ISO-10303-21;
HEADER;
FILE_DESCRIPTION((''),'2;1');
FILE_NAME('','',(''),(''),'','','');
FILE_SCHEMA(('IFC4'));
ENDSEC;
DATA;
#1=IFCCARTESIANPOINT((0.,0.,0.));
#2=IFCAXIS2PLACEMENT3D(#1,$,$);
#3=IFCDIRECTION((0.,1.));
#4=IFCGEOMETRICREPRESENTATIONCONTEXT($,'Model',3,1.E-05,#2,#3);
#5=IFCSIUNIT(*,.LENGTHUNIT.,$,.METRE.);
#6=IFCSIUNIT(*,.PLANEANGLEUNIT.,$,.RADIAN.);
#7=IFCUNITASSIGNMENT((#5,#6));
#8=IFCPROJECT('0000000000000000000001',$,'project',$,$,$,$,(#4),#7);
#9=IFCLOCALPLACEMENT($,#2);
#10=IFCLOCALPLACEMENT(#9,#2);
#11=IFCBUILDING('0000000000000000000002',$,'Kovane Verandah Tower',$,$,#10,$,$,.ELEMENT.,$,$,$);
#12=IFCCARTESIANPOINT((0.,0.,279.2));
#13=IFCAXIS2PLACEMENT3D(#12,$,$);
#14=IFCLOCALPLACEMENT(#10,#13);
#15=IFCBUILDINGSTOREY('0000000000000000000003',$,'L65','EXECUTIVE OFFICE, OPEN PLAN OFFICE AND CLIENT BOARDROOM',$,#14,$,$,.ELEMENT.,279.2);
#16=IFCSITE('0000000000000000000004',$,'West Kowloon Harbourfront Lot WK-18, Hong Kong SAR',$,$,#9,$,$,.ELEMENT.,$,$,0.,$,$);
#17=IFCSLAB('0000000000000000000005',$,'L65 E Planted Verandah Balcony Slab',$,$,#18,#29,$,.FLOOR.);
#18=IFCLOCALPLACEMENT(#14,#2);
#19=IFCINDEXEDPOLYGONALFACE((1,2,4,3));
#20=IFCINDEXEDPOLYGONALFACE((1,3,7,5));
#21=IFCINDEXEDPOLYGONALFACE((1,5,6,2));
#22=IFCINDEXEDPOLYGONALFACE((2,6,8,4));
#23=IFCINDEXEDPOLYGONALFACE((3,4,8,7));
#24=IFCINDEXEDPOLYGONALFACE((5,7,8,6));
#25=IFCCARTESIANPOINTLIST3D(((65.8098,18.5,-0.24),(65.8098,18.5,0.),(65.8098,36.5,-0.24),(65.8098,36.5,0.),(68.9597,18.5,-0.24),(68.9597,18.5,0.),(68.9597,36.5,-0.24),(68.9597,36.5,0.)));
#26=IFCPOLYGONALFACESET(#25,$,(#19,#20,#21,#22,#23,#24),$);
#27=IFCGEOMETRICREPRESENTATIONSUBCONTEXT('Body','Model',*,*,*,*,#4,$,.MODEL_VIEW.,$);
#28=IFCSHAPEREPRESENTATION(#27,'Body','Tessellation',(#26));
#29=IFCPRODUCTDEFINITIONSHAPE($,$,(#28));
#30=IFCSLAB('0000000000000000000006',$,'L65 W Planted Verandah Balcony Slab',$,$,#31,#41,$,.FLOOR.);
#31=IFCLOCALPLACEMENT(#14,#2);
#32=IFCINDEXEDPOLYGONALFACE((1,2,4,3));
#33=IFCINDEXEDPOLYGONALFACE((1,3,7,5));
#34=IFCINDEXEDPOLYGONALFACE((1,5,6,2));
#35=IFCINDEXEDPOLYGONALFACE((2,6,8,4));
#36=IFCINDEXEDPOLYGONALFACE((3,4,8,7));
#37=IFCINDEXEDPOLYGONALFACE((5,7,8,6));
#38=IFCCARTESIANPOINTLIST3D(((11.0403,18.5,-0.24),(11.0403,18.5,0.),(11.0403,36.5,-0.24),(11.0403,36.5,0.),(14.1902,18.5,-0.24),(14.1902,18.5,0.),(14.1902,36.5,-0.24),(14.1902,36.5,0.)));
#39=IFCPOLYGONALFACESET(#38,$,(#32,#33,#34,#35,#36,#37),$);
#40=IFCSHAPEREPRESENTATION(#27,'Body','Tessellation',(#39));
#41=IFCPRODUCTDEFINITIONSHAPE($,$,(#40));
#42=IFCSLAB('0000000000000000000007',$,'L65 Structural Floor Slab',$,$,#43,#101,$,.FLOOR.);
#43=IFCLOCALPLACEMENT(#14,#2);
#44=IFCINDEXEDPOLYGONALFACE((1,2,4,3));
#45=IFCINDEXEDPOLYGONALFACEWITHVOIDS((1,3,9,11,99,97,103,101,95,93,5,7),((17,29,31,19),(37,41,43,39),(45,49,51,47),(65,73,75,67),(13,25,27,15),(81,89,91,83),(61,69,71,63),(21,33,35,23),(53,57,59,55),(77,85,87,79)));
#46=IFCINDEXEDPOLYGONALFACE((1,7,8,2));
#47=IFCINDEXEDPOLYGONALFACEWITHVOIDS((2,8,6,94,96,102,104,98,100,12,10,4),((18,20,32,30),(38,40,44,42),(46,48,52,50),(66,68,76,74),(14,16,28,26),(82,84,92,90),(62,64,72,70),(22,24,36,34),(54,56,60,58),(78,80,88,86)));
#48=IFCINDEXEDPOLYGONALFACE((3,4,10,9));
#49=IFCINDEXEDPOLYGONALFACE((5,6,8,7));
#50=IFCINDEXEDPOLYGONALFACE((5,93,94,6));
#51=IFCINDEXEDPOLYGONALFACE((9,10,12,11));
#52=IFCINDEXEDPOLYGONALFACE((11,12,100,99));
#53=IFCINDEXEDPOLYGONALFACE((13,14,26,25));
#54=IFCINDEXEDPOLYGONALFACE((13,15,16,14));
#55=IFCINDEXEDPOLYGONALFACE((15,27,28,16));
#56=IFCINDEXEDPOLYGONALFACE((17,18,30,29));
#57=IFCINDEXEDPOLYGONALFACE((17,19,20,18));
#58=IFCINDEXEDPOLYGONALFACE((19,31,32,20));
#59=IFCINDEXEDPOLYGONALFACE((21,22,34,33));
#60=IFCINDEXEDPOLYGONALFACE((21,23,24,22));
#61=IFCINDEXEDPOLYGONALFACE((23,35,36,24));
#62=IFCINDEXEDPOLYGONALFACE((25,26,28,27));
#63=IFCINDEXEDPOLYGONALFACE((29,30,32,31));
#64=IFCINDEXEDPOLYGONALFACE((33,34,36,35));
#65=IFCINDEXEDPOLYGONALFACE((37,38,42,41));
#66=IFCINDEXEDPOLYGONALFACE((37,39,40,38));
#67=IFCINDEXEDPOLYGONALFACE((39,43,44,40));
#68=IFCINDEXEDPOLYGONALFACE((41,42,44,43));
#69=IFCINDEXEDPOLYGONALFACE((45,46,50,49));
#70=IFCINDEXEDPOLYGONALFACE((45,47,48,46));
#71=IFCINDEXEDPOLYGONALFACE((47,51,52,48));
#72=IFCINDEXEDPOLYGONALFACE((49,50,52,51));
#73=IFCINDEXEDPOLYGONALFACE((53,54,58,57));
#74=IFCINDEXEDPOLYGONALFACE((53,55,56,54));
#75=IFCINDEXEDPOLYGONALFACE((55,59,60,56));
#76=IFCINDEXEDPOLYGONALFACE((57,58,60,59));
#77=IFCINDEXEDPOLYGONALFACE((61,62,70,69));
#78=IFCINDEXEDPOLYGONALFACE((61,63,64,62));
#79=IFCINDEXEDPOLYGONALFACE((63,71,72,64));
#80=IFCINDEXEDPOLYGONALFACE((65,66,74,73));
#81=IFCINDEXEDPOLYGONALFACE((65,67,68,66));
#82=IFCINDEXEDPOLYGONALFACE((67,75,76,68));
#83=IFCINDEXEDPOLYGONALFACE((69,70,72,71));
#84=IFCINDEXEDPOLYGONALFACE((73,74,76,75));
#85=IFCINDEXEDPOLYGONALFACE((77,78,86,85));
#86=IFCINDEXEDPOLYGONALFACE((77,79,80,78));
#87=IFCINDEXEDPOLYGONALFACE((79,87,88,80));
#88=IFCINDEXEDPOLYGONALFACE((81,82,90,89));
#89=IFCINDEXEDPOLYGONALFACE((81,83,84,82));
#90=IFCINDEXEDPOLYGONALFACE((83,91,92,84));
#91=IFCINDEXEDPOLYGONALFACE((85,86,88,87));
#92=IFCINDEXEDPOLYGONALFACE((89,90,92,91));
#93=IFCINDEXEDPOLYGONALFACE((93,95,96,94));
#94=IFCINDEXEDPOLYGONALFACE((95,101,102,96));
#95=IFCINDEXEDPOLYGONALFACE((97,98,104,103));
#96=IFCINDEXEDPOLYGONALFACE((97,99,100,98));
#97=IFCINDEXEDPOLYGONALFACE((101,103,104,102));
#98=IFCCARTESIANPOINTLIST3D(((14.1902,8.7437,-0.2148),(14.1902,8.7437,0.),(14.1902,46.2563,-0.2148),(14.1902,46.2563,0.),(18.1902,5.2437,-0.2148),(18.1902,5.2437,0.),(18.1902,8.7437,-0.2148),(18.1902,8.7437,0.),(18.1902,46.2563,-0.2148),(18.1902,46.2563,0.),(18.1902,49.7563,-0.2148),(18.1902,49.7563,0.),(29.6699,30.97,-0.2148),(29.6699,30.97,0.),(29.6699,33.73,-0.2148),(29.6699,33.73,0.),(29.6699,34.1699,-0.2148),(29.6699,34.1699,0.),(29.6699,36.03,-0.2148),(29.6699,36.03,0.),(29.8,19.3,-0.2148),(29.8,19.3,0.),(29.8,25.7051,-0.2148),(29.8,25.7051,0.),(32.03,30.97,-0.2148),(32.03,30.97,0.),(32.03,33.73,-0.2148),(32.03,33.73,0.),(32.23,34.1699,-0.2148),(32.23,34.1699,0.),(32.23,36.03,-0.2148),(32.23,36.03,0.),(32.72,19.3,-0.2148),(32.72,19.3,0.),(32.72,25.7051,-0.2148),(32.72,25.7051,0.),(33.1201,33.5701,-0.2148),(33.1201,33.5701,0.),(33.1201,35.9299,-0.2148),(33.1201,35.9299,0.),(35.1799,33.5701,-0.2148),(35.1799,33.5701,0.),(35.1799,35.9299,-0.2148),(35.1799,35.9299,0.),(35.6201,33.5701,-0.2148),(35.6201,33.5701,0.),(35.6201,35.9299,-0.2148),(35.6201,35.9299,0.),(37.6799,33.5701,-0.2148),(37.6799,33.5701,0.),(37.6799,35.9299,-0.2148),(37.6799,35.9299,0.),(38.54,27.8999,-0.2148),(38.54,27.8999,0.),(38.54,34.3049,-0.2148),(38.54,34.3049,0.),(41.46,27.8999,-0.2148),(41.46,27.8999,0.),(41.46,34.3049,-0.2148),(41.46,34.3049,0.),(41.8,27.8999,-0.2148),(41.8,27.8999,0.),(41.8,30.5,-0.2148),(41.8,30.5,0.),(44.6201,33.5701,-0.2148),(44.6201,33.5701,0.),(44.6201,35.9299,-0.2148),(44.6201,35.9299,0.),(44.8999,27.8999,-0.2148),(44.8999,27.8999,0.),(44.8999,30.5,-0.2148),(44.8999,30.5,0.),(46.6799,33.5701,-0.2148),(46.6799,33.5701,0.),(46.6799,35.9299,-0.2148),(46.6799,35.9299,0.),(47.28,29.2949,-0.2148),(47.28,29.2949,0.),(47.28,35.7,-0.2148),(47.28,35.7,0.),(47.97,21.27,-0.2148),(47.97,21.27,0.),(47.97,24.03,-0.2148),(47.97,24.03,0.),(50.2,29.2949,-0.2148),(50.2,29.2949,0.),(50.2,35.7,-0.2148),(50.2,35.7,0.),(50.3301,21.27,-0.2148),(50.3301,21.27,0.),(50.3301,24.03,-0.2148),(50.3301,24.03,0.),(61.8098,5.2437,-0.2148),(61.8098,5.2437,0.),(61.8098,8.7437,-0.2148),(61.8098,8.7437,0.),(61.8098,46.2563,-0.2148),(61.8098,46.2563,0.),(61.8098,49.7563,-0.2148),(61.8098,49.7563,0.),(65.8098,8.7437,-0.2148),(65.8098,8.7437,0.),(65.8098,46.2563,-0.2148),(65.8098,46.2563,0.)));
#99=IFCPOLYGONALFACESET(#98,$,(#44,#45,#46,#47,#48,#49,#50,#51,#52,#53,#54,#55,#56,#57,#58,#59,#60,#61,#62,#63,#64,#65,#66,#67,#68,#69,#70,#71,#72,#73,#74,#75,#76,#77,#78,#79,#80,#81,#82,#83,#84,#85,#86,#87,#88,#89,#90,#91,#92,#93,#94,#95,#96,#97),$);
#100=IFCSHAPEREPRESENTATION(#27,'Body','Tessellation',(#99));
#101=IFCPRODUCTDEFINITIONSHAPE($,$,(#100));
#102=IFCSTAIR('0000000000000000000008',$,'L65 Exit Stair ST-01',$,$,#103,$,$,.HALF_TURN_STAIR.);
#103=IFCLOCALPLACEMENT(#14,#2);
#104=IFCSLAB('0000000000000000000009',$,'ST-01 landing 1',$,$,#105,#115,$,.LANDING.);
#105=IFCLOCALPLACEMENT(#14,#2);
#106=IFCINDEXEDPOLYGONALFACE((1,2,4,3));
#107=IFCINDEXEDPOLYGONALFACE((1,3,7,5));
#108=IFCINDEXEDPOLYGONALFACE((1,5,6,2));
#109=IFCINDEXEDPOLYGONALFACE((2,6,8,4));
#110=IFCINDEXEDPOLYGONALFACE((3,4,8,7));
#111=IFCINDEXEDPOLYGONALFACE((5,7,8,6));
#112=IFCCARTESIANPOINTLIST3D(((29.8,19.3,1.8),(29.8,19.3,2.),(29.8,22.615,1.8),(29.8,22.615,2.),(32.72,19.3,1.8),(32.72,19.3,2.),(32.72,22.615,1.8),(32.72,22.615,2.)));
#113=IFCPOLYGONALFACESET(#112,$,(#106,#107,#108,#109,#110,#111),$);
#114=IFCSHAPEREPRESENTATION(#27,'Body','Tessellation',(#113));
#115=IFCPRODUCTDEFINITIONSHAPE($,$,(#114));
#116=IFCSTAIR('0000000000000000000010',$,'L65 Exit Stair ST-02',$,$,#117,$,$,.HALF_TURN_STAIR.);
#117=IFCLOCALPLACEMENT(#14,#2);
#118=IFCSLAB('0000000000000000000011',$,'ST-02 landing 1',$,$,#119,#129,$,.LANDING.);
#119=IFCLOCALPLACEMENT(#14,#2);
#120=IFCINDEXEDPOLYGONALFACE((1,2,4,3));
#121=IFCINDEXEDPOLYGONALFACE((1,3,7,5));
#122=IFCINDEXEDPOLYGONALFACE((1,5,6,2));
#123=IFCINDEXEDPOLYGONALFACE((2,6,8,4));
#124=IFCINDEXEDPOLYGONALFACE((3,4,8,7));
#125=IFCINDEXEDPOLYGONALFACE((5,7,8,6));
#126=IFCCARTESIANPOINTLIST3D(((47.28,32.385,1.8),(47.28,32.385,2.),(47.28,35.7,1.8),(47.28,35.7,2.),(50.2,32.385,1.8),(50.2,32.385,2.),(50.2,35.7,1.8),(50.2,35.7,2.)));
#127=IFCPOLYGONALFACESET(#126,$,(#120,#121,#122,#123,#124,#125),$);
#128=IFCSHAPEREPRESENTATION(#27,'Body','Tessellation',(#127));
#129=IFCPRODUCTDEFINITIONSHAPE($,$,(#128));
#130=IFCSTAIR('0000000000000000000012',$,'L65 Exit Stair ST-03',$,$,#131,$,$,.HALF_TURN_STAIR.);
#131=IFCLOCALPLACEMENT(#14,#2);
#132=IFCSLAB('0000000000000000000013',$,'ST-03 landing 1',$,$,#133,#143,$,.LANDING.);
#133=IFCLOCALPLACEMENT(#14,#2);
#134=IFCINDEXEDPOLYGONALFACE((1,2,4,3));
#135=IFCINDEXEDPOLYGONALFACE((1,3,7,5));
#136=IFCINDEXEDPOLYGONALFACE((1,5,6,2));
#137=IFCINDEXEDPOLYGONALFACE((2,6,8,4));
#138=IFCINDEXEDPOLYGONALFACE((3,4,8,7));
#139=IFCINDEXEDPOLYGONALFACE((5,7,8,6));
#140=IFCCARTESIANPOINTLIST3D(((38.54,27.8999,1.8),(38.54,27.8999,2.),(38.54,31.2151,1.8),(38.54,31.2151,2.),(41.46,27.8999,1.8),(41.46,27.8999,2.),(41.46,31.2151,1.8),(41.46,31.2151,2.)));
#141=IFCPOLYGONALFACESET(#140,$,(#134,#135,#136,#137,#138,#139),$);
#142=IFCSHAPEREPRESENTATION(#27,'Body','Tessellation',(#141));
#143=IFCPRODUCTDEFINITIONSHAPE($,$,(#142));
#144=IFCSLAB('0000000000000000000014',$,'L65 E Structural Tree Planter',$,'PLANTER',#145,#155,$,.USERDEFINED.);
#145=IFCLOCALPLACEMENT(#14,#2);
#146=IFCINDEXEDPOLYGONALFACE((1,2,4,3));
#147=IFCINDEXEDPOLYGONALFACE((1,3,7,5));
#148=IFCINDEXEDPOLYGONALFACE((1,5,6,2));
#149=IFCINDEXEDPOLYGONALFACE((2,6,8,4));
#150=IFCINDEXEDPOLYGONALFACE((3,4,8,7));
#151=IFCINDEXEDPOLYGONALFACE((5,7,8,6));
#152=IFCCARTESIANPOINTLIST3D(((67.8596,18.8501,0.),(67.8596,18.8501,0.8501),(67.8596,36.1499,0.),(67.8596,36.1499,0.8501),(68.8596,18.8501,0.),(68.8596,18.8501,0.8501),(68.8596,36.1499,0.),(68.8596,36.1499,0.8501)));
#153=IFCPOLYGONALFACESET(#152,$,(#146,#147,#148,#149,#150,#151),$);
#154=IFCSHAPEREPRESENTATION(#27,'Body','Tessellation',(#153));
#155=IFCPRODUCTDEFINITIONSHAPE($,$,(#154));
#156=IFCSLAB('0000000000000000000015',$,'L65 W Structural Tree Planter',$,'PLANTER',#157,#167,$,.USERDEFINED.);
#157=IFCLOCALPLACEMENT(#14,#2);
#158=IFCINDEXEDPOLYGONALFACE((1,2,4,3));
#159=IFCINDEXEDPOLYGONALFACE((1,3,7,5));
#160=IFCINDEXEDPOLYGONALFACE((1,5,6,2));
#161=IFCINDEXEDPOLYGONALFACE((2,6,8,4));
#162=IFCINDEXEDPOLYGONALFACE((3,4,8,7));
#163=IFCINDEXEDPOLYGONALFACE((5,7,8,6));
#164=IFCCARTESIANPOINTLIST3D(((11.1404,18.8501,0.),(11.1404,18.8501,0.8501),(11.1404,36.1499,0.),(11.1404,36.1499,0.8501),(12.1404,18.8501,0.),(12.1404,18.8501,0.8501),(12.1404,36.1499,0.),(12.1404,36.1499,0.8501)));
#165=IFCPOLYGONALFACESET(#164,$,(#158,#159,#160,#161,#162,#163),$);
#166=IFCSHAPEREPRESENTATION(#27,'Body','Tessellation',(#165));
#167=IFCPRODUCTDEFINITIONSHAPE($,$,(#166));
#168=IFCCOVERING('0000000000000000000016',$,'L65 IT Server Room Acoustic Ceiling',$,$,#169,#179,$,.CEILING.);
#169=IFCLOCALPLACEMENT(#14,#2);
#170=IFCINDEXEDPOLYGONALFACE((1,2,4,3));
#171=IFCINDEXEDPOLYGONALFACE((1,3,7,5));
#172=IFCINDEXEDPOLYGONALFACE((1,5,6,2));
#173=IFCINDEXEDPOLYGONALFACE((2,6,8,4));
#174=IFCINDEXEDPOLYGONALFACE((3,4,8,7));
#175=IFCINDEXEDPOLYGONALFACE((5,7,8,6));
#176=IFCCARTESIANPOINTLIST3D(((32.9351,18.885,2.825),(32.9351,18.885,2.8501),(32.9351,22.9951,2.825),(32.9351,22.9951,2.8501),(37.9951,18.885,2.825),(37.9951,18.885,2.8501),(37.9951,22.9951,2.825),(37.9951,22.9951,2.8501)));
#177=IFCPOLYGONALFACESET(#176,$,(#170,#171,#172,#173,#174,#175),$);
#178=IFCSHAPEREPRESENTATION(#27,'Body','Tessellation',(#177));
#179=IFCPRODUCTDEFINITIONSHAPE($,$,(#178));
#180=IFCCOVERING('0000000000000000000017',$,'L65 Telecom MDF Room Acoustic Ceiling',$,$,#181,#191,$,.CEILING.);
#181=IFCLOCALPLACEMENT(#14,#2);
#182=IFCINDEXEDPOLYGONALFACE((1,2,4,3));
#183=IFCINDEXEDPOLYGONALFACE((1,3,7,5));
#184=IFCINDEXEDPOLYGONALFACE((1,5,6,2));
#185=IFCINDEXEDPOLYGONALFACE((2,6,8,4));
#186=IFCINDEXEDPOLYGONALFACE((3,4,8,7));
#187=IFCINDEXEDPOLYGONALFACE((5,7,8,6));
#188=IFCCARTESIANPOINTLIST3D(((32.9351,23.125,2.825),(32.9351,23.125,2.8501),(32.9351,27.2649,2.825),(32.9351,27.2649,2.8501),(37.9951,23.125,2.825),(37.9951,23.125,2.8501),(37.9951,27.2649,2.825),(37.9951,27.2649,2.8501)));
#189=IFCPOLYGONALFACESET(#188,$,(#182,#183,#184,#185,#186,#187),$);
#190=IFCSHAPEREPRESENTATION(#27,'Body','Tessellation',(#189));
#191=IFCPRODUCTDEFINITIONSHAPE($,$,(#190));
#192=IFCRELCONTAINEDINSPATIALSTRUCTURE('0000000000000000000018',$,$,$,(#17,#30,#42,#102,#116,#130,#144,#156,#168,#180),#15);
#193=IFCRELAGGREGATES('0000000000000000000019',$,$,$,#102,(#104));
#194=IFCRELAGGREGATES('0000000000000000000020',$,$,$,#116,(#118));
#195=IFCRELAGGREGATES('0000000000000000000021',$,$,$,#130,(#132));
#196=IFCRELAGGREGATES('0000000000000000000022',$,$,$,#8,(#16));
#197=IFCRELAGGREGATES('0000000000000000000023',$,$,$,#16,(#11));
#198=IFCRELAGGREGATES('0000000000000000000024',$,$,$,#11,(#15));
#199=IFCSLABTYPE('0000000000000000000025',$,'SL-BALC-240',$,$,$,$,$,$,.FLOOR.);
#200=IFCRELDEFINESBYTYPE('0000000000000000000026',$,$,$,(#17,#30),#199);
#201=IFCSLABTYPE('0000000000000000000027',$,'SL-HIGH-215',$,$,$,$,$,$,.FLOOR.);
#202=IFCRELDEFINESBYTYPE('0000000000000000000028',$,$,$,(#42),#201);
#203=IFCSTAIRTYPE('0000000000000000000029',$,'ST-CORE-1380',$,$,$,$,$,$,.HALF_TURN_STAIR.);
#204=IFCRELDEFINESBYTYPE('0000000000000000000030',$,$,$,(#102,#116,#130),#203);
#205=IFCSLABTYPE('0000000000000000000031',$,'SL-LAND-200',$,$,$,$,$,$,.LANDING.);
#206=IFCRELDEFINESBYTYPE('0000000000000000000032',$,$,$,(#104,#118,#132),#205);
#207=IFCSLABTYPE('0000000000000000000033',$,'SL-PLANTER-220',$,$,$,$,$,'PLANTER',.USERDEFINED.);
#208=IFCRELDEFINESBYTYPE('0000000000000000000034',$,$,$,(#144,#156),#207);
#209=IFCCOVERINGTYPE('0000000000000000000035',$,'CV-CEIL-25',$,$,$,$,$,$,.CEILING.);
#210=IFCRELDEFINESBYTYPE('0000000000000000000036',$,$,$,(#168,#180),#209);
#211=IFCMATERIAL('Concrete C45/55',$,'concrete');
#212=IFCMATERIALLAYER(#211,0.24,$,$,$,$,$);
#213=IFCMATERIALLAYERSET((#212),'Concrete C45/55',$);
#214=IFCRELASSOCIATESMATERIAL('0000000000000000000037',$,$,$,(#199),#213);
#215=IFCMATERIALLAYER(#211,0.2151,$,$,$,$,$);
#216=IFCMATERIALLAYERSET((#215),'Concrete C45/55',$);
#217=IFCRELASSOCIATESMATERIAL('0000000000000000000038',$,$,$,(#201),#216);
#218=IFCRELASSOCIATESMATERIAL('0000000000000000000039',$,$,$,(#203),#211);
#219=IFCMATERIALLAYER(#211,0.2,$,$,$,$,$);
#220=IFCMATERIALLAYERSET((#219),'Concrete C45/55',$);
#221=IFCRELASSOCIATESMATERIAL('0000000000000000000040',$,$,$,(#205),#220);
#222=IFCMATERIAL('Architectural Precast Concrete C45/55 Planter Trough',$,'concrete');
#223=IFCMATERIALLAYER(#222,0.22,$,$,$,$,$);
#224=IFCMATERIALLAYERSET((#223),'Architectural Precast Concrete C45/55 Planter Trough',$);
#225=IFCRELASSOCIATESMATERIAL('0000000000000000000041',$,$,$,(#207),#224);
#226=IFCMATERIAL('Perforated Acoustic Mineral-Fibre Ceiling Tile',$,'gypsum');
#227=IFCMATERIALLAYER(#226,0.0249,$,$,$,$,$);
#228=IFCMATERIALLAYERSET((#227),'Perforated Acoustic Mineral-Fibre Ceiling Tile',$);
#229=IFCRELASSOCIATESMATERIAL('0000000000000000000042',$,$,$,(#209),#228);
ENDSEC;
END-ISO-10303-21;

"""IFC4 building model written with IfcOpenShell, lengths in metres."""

from ifc_helpers import new_model, si_unit, direction, frame, origin, place, context, subcontext, project, spatial, polyline, outline, extrude, material, layer, layer_set, type_object, element, aggregate, save


model = new_model("IFC4")

# Units and contexts
model_context = context("Model", 3, precision=1e-05, world=origin(), true_north=direction((0.0, 1.0)))
body_context = subcontext(model_context, "Body", "Model", "MODEL_VIEW")
ifc_project = project(units=[si_unit("LENGTHUNIT", "METRE"), si_unit("PLANEANGLEUNIT", "RADIAN")], contexts=[model_context])

# Site, building, storey
site_placement = place(None, origin())
site = spatial("IfcSite", under=ifc_project, at=site_placement, Name="West Kowloon Harbourfront Lot WK-18, Hong Kong SAR", CompositionType="ELEMENT", RefElevation=0.0)
building_placement = place(site_placement, origin())
building = spatial("IfcBuilding", under=site, at=building_placement, Name="Kovane Verandah Tower", CompositionType="ELEMENT")
storey_placement = place(building_placement, frame((0.0, 0.0, 279.2)))
storey = spatial("IfcBuildingStorey", under=building, at=storey_placement, Name="L65", Description="EXECUTIVE OFFICE, OPEN PLAN OFFICE AND CLIENT BOARDROOM", CompositionType="ELEMENT", Elevation=279.2)

# Slabs
ifc_material_1 = material(Name="Concrete C45/55", Category="concrete")
ifc_layer_1 = layer(ifc_material_1, 0.24)
ifc_layer_set_1 = layer_set([ifc_layer_1], Name="Concrete C45/55")
slab_type_1 = type_object("IfcSlabType", Name="SL-BALC-240", PredefinedType="FLOOR", material=ifc_layer_set_1)
slab_1_placement = place(storey_placement, frame((0.0, 0.0, -0.24)))
element("IfcSlab", 1, at=slab_1_placement, inside=storey, type_object=slab_type_1, Name="L65 E Planted Verandah Balcony Slab", PredefinedType="FLOOR", context=body_context, shape_type="SweptSolid", body=[
    extrude(outline(polyline([(65.8098, 18.5), (68.9597, 18.5), (68.9597, 36.5), (65.8098, 36.5), (65.8098, 18.5)])), origin(), (0.0, 0.0, 1.0), 0.24),
])
slab_2_placement = place(storey_placement, frame((0.0, 0.0, -0.24)))
element("IfcSlab", 2, at=slab_2_placement, inside=storey, type_object=slab_type_1, Name="L65 W Planted Verandah Balcony Slab", PredefinedType="FLOOR", context=body_context, shape_type="SweptSolid", body=[
    extrude(outline(polyline([(11.0403, 18.5), (14.1902, 18.5), (14.1902, 36.5), (11.0403, 36.5), (11.0403, 18.5)])), origin(), (0.0, 0.0, 1.0), 0.24),
])
ifc_layer_2 = layer(ifc_material_1, 0.2151)
ifc_layer_set_2 = layer_set([ifc_layer_2], Name="Concrete C45/55")
slab_type_2 = type_object("IfcSlabType", Name="SL-HIGH-215", PredefinedType="FLOOR", material=ifc_layer_set_2)
slab_3_placement = place(storey_placement, frame((0.0, 0.0, -0.2148)))
element("IfcSlab", 3, at=slab_3_placement, inside=storey, type_object=slab_type_2, Name="L65 Structural Floor Slab", PredefinedType="FLOOR", context=body_context, shape_type="SweptSolid", body=[
    extrude(outline(polyline([(18.1902, 5.2437), (61.8098, 5.2437), (61.8098, 8.7437), (65.8098, 8.7437), (65.8098, 46.2563), (61.8098, 46.2563), (61.8098, 49.7563), (18.1902, 49.7563), (18.1902, 46.2563), (14.1902, 46.2563), (14.1902, 8.7437), (18.1902, 8.7437), (18.1902, 5.2437)]), holes=[polyline([(29.8, 19.3), (32.72, 19.3), (32.72, 25.7051), (29.8, 25.7051), (29.8, 19.3)]), polyline([(47.28, 29.2949), (50.2, 29.2949), (50.2, 35.7), (47.28, 35.7), (47.28, 29.2949)]), polyline([(38.54, 27.8999), (41.46, 27.8999), (41.46, 34.3049), (38.54, 34.3049), (38.54, 27.8999)]), polyline([(29.6699, 30.97), (32.03, 30.97), (32.03, 33.73), (29.6699, 33.73), (29.6699, 30.97)]), polyline([(47.97, 21.27), (50.3301, 21.27), (50.3301, 24.03), (47.97, 24.03), (47.97, 21.27)]), polyline([(29.6699, 34.1699), (32.23, 34.1699), (32.23, 36.03), (29.6699, 36.03), (29.6699, 34.1699)]), polyline([(33.1201, 33.5701), (35.1799, 33.5701), (35.1799, 35.9299), (33.1201, 35.9299), (33.1201, 33.5701)]), polyline([(35.6201, 33.5701), (37.6799, 33.5701), (37.6799, 35.9299), (35.6201, 35.9299), (35.6201, 33.5701)]), polyline([(44.6201, 33.5701), (46.6799, 33.5701), (46.6799, 35.9299), (44.6201, 35.9299), (44.6201, 33.5701)]), polyline([(41.8, 27.8999), (44.8999, 27.8999), (44.8999, 30.5), (41.8, 30.5), (41.8, 27.8999)])]), origin(), (0.0, 0.0, 1.0), 0.2148),
])

# Stairs, slabs
stair_type = type_object("IfcStairType", Name="ST-CORE-1380", PredefinedType="HALF_TURN_STAIR", material=ifc_material_1)
stair_1_placement = place(storey_placement, origin())
stair_1 = element("IfcStair", 4, at=stair_1_placement, inside=storey, type_object=stair_type, Name="L65 Exit Stair ST-01", PredefinedType="HALF_TURN_STAIR")
ifc_layer_3 = layer(ifc_material_1, 0.2)
ifc_layer_set_3 = layer_set([ifc_layer_3], Name="Concrete C45/55")
slab_type_3 = type_object("IfcSlabType", Name="SL-LAND-200", PredefinedType="LANDING", material=ifc_layer_set_3)
slab_4_placement = place(storey_placement, frame((0.0, 0.0, 1.8)))
slab_4 = element("IfcSlab", 5, at=slab_4_placement, type_object=slab_type_3, Name="ST-01 landing 1", PredefinedType="LANDING", context=body_context, shape_type="SweptSolid", body=[
    extrude(outline(polyline([(29.8, 22.615), (29.8, 19.3), (32.72, 19.3), (32.72, 22.615), (29.8, 22.615)])), origin(), (0.0, 0.0, 1.0), 0.2),
])
aggregate(stair_1, [slab_4])
stair_2_placement = place(storey_placement, origin())
stair_2 = element("IfcStair", 6, at=stair_2_placement, inside=storey, type_object=stair_type, Name="L65 Exit Stair ST-02", PredefinedType="HALF_TURN_STAIR")
slab_5_placement = place(storey_placement, frame((0.0, 0.0, 1.8)))
slab_5 = element("IfcSlab", 7, at=slab_5_placement, type_object=slab_type_3, Name="ST-02 landing 1", PredefinedType="LANDING", context=body_context, shape_type="SweptSolid", body=[
    extrude(outline(polyline([(50.2, 32.385), (50.2, 35.7), (47.28, 35.7), (47.28, 32.385), (50.2, 32.385)])), origin(), (0.0, 0.0, 1.0), 0.2),
])
aggregate(stair_2, [slab_5])
stair_3_placement = place(storey_placement, origin())
stair_3 = element("IfcStair", 8, at=stair_3_placement, inside=storey, type_object=stair_type, Name="L65 Exit Stair ST-03", PredefinedType="HALF_TURN_STAIR")
slab_6_placement = place(storey_placement, frame((0.0, 0.0, 1.8)))
slab_6 = element("IfcSlab", 9, at=slab_6_placement, type_object=slab_type_3, Name="ST-03 landing 1", PredefinedType="LANDING", context=body_context, shape_type="SweptSolid", body=[
    extrude(outline(polyline([(38.54, 31.2151), (38.54, 27.8999), (41.46, 27.8999), (41.46, 31.2151), (38.54, 31.2151)])), origin(), (0.0, 0.0, 1.0), 0.2),
])
aggregate(stair_3, [slab_6])

# Slabs
ifc_material_2 = material(Name="Architectural Precast Concrete C45/55 Planter Trough", Category="concrete")
ifc_layer_4 = layer(ifc_material_2, 0.22)
ifc_layer_set_4 = layer_set([ifc_layer_4], Name="Architectural Precast Concrete C45/55 Planter Trough")
slab_type_4 = type_object("IfcSlabType", Name="SL-PLANTER-220", ElementType="PLANTER", PredefinedType="USERDEFINED", material=ifc_layer_set_4)
slab_7_placement = place(storey_placement, origin())
element("IfcSlab", 10, at=slab_7_placement, inside=storey, type_object=slab_type_4, Name="L65 E Structural Tree Planter", ObjectType="PLANTER", PredefinedType="USERDEFINED", context=body_context, shape_type="SweptSolid", body=[
    extrude(outline(polyline([(67.8596, 18.8501), (68.8596, 18.8501), (68.8596, 36.1499), (67.8596, 36.1499), (67.8596, 18.8501)])), origin(), (0.0, 0.0, 1.0), 0.8501),
])
slab_8_placement = place(storey_placement, origin())
element("IfcSlab", 11, at=slab_8_placement, inside=storey, type_object=slab_type_4, Name="L65 W Structural Tree Planter", ObjectType="PLANTER", PredefinedType="USERDEFINED", context=body_context, shape_type="SweptSolid", body=[
    extrude(outline(polyline([(11.1404, 18.8501), (12.1404, 18.8501), (12.1404, 36.1499), (11.1404, 36.1499), (11.1404, 18.8501)])), origin(), (0.0, 0.0, 1.0), 0.8501),
])

# Coverings
ifc_material_3 = material(Name="Perforated Acoustic Mineral-Fibre Ceiling Tile", Category="gypsum")
ifc_layer_5 = layer(ifc_material_3, 0.0249)
ifc_layer_set_5 = layer_set([ifc_layer_5], Name="Perforated Acoustic Mineral-Fibre Ceiling Tile")
covering_type_1 = type_object("IfcCoveringType", Name="CV-CEIL-25", PredefinedType="CEILING", material=ifc_layer_set_5)
covering_1_placement = place(storey_placement, frame((0.0, 0.0, 2.825)))
element("IfcCovering", 12, at=covering_1_placement, inside=storey, type_object=covering_type_1, Name="L65 IT Server Room Acoustic Ceiling", PredefinedType="CEILING", context=body_context, shape_type="SweptSolid", body=[
    extrude(outline(polyline([(32.9351, 18.885), (37.9951, 18.885), (37.9951, 22.9951), (32.9351, 22.9951), (32.9351, 18.885)])), origin(), (0.0, 0.0, 1.0), 0.0251),
])
covering_2_placement = place(storey_placement, frame((0.0, 0.0, 2.825)))
element("IfcCovering", 13, at=covering_2_placement, inside=storey, type_object=covering_type_1, Name="L65 Telecom MDF Room Acoustic Ceiling", PredefinedType="CEILING", context=body_context, shape_type="SweptSolid", body=[
    extrude(outline(polyline([(32.9351, 23.125), (37.9951, 23.125), (37.9951, 27.2649), (32.9351, 27.2649), (32.9351, 23.125)])), origin(), (0.0, 0.0, 1.0), 0.0251),
])

save(model, "model.ifc")
